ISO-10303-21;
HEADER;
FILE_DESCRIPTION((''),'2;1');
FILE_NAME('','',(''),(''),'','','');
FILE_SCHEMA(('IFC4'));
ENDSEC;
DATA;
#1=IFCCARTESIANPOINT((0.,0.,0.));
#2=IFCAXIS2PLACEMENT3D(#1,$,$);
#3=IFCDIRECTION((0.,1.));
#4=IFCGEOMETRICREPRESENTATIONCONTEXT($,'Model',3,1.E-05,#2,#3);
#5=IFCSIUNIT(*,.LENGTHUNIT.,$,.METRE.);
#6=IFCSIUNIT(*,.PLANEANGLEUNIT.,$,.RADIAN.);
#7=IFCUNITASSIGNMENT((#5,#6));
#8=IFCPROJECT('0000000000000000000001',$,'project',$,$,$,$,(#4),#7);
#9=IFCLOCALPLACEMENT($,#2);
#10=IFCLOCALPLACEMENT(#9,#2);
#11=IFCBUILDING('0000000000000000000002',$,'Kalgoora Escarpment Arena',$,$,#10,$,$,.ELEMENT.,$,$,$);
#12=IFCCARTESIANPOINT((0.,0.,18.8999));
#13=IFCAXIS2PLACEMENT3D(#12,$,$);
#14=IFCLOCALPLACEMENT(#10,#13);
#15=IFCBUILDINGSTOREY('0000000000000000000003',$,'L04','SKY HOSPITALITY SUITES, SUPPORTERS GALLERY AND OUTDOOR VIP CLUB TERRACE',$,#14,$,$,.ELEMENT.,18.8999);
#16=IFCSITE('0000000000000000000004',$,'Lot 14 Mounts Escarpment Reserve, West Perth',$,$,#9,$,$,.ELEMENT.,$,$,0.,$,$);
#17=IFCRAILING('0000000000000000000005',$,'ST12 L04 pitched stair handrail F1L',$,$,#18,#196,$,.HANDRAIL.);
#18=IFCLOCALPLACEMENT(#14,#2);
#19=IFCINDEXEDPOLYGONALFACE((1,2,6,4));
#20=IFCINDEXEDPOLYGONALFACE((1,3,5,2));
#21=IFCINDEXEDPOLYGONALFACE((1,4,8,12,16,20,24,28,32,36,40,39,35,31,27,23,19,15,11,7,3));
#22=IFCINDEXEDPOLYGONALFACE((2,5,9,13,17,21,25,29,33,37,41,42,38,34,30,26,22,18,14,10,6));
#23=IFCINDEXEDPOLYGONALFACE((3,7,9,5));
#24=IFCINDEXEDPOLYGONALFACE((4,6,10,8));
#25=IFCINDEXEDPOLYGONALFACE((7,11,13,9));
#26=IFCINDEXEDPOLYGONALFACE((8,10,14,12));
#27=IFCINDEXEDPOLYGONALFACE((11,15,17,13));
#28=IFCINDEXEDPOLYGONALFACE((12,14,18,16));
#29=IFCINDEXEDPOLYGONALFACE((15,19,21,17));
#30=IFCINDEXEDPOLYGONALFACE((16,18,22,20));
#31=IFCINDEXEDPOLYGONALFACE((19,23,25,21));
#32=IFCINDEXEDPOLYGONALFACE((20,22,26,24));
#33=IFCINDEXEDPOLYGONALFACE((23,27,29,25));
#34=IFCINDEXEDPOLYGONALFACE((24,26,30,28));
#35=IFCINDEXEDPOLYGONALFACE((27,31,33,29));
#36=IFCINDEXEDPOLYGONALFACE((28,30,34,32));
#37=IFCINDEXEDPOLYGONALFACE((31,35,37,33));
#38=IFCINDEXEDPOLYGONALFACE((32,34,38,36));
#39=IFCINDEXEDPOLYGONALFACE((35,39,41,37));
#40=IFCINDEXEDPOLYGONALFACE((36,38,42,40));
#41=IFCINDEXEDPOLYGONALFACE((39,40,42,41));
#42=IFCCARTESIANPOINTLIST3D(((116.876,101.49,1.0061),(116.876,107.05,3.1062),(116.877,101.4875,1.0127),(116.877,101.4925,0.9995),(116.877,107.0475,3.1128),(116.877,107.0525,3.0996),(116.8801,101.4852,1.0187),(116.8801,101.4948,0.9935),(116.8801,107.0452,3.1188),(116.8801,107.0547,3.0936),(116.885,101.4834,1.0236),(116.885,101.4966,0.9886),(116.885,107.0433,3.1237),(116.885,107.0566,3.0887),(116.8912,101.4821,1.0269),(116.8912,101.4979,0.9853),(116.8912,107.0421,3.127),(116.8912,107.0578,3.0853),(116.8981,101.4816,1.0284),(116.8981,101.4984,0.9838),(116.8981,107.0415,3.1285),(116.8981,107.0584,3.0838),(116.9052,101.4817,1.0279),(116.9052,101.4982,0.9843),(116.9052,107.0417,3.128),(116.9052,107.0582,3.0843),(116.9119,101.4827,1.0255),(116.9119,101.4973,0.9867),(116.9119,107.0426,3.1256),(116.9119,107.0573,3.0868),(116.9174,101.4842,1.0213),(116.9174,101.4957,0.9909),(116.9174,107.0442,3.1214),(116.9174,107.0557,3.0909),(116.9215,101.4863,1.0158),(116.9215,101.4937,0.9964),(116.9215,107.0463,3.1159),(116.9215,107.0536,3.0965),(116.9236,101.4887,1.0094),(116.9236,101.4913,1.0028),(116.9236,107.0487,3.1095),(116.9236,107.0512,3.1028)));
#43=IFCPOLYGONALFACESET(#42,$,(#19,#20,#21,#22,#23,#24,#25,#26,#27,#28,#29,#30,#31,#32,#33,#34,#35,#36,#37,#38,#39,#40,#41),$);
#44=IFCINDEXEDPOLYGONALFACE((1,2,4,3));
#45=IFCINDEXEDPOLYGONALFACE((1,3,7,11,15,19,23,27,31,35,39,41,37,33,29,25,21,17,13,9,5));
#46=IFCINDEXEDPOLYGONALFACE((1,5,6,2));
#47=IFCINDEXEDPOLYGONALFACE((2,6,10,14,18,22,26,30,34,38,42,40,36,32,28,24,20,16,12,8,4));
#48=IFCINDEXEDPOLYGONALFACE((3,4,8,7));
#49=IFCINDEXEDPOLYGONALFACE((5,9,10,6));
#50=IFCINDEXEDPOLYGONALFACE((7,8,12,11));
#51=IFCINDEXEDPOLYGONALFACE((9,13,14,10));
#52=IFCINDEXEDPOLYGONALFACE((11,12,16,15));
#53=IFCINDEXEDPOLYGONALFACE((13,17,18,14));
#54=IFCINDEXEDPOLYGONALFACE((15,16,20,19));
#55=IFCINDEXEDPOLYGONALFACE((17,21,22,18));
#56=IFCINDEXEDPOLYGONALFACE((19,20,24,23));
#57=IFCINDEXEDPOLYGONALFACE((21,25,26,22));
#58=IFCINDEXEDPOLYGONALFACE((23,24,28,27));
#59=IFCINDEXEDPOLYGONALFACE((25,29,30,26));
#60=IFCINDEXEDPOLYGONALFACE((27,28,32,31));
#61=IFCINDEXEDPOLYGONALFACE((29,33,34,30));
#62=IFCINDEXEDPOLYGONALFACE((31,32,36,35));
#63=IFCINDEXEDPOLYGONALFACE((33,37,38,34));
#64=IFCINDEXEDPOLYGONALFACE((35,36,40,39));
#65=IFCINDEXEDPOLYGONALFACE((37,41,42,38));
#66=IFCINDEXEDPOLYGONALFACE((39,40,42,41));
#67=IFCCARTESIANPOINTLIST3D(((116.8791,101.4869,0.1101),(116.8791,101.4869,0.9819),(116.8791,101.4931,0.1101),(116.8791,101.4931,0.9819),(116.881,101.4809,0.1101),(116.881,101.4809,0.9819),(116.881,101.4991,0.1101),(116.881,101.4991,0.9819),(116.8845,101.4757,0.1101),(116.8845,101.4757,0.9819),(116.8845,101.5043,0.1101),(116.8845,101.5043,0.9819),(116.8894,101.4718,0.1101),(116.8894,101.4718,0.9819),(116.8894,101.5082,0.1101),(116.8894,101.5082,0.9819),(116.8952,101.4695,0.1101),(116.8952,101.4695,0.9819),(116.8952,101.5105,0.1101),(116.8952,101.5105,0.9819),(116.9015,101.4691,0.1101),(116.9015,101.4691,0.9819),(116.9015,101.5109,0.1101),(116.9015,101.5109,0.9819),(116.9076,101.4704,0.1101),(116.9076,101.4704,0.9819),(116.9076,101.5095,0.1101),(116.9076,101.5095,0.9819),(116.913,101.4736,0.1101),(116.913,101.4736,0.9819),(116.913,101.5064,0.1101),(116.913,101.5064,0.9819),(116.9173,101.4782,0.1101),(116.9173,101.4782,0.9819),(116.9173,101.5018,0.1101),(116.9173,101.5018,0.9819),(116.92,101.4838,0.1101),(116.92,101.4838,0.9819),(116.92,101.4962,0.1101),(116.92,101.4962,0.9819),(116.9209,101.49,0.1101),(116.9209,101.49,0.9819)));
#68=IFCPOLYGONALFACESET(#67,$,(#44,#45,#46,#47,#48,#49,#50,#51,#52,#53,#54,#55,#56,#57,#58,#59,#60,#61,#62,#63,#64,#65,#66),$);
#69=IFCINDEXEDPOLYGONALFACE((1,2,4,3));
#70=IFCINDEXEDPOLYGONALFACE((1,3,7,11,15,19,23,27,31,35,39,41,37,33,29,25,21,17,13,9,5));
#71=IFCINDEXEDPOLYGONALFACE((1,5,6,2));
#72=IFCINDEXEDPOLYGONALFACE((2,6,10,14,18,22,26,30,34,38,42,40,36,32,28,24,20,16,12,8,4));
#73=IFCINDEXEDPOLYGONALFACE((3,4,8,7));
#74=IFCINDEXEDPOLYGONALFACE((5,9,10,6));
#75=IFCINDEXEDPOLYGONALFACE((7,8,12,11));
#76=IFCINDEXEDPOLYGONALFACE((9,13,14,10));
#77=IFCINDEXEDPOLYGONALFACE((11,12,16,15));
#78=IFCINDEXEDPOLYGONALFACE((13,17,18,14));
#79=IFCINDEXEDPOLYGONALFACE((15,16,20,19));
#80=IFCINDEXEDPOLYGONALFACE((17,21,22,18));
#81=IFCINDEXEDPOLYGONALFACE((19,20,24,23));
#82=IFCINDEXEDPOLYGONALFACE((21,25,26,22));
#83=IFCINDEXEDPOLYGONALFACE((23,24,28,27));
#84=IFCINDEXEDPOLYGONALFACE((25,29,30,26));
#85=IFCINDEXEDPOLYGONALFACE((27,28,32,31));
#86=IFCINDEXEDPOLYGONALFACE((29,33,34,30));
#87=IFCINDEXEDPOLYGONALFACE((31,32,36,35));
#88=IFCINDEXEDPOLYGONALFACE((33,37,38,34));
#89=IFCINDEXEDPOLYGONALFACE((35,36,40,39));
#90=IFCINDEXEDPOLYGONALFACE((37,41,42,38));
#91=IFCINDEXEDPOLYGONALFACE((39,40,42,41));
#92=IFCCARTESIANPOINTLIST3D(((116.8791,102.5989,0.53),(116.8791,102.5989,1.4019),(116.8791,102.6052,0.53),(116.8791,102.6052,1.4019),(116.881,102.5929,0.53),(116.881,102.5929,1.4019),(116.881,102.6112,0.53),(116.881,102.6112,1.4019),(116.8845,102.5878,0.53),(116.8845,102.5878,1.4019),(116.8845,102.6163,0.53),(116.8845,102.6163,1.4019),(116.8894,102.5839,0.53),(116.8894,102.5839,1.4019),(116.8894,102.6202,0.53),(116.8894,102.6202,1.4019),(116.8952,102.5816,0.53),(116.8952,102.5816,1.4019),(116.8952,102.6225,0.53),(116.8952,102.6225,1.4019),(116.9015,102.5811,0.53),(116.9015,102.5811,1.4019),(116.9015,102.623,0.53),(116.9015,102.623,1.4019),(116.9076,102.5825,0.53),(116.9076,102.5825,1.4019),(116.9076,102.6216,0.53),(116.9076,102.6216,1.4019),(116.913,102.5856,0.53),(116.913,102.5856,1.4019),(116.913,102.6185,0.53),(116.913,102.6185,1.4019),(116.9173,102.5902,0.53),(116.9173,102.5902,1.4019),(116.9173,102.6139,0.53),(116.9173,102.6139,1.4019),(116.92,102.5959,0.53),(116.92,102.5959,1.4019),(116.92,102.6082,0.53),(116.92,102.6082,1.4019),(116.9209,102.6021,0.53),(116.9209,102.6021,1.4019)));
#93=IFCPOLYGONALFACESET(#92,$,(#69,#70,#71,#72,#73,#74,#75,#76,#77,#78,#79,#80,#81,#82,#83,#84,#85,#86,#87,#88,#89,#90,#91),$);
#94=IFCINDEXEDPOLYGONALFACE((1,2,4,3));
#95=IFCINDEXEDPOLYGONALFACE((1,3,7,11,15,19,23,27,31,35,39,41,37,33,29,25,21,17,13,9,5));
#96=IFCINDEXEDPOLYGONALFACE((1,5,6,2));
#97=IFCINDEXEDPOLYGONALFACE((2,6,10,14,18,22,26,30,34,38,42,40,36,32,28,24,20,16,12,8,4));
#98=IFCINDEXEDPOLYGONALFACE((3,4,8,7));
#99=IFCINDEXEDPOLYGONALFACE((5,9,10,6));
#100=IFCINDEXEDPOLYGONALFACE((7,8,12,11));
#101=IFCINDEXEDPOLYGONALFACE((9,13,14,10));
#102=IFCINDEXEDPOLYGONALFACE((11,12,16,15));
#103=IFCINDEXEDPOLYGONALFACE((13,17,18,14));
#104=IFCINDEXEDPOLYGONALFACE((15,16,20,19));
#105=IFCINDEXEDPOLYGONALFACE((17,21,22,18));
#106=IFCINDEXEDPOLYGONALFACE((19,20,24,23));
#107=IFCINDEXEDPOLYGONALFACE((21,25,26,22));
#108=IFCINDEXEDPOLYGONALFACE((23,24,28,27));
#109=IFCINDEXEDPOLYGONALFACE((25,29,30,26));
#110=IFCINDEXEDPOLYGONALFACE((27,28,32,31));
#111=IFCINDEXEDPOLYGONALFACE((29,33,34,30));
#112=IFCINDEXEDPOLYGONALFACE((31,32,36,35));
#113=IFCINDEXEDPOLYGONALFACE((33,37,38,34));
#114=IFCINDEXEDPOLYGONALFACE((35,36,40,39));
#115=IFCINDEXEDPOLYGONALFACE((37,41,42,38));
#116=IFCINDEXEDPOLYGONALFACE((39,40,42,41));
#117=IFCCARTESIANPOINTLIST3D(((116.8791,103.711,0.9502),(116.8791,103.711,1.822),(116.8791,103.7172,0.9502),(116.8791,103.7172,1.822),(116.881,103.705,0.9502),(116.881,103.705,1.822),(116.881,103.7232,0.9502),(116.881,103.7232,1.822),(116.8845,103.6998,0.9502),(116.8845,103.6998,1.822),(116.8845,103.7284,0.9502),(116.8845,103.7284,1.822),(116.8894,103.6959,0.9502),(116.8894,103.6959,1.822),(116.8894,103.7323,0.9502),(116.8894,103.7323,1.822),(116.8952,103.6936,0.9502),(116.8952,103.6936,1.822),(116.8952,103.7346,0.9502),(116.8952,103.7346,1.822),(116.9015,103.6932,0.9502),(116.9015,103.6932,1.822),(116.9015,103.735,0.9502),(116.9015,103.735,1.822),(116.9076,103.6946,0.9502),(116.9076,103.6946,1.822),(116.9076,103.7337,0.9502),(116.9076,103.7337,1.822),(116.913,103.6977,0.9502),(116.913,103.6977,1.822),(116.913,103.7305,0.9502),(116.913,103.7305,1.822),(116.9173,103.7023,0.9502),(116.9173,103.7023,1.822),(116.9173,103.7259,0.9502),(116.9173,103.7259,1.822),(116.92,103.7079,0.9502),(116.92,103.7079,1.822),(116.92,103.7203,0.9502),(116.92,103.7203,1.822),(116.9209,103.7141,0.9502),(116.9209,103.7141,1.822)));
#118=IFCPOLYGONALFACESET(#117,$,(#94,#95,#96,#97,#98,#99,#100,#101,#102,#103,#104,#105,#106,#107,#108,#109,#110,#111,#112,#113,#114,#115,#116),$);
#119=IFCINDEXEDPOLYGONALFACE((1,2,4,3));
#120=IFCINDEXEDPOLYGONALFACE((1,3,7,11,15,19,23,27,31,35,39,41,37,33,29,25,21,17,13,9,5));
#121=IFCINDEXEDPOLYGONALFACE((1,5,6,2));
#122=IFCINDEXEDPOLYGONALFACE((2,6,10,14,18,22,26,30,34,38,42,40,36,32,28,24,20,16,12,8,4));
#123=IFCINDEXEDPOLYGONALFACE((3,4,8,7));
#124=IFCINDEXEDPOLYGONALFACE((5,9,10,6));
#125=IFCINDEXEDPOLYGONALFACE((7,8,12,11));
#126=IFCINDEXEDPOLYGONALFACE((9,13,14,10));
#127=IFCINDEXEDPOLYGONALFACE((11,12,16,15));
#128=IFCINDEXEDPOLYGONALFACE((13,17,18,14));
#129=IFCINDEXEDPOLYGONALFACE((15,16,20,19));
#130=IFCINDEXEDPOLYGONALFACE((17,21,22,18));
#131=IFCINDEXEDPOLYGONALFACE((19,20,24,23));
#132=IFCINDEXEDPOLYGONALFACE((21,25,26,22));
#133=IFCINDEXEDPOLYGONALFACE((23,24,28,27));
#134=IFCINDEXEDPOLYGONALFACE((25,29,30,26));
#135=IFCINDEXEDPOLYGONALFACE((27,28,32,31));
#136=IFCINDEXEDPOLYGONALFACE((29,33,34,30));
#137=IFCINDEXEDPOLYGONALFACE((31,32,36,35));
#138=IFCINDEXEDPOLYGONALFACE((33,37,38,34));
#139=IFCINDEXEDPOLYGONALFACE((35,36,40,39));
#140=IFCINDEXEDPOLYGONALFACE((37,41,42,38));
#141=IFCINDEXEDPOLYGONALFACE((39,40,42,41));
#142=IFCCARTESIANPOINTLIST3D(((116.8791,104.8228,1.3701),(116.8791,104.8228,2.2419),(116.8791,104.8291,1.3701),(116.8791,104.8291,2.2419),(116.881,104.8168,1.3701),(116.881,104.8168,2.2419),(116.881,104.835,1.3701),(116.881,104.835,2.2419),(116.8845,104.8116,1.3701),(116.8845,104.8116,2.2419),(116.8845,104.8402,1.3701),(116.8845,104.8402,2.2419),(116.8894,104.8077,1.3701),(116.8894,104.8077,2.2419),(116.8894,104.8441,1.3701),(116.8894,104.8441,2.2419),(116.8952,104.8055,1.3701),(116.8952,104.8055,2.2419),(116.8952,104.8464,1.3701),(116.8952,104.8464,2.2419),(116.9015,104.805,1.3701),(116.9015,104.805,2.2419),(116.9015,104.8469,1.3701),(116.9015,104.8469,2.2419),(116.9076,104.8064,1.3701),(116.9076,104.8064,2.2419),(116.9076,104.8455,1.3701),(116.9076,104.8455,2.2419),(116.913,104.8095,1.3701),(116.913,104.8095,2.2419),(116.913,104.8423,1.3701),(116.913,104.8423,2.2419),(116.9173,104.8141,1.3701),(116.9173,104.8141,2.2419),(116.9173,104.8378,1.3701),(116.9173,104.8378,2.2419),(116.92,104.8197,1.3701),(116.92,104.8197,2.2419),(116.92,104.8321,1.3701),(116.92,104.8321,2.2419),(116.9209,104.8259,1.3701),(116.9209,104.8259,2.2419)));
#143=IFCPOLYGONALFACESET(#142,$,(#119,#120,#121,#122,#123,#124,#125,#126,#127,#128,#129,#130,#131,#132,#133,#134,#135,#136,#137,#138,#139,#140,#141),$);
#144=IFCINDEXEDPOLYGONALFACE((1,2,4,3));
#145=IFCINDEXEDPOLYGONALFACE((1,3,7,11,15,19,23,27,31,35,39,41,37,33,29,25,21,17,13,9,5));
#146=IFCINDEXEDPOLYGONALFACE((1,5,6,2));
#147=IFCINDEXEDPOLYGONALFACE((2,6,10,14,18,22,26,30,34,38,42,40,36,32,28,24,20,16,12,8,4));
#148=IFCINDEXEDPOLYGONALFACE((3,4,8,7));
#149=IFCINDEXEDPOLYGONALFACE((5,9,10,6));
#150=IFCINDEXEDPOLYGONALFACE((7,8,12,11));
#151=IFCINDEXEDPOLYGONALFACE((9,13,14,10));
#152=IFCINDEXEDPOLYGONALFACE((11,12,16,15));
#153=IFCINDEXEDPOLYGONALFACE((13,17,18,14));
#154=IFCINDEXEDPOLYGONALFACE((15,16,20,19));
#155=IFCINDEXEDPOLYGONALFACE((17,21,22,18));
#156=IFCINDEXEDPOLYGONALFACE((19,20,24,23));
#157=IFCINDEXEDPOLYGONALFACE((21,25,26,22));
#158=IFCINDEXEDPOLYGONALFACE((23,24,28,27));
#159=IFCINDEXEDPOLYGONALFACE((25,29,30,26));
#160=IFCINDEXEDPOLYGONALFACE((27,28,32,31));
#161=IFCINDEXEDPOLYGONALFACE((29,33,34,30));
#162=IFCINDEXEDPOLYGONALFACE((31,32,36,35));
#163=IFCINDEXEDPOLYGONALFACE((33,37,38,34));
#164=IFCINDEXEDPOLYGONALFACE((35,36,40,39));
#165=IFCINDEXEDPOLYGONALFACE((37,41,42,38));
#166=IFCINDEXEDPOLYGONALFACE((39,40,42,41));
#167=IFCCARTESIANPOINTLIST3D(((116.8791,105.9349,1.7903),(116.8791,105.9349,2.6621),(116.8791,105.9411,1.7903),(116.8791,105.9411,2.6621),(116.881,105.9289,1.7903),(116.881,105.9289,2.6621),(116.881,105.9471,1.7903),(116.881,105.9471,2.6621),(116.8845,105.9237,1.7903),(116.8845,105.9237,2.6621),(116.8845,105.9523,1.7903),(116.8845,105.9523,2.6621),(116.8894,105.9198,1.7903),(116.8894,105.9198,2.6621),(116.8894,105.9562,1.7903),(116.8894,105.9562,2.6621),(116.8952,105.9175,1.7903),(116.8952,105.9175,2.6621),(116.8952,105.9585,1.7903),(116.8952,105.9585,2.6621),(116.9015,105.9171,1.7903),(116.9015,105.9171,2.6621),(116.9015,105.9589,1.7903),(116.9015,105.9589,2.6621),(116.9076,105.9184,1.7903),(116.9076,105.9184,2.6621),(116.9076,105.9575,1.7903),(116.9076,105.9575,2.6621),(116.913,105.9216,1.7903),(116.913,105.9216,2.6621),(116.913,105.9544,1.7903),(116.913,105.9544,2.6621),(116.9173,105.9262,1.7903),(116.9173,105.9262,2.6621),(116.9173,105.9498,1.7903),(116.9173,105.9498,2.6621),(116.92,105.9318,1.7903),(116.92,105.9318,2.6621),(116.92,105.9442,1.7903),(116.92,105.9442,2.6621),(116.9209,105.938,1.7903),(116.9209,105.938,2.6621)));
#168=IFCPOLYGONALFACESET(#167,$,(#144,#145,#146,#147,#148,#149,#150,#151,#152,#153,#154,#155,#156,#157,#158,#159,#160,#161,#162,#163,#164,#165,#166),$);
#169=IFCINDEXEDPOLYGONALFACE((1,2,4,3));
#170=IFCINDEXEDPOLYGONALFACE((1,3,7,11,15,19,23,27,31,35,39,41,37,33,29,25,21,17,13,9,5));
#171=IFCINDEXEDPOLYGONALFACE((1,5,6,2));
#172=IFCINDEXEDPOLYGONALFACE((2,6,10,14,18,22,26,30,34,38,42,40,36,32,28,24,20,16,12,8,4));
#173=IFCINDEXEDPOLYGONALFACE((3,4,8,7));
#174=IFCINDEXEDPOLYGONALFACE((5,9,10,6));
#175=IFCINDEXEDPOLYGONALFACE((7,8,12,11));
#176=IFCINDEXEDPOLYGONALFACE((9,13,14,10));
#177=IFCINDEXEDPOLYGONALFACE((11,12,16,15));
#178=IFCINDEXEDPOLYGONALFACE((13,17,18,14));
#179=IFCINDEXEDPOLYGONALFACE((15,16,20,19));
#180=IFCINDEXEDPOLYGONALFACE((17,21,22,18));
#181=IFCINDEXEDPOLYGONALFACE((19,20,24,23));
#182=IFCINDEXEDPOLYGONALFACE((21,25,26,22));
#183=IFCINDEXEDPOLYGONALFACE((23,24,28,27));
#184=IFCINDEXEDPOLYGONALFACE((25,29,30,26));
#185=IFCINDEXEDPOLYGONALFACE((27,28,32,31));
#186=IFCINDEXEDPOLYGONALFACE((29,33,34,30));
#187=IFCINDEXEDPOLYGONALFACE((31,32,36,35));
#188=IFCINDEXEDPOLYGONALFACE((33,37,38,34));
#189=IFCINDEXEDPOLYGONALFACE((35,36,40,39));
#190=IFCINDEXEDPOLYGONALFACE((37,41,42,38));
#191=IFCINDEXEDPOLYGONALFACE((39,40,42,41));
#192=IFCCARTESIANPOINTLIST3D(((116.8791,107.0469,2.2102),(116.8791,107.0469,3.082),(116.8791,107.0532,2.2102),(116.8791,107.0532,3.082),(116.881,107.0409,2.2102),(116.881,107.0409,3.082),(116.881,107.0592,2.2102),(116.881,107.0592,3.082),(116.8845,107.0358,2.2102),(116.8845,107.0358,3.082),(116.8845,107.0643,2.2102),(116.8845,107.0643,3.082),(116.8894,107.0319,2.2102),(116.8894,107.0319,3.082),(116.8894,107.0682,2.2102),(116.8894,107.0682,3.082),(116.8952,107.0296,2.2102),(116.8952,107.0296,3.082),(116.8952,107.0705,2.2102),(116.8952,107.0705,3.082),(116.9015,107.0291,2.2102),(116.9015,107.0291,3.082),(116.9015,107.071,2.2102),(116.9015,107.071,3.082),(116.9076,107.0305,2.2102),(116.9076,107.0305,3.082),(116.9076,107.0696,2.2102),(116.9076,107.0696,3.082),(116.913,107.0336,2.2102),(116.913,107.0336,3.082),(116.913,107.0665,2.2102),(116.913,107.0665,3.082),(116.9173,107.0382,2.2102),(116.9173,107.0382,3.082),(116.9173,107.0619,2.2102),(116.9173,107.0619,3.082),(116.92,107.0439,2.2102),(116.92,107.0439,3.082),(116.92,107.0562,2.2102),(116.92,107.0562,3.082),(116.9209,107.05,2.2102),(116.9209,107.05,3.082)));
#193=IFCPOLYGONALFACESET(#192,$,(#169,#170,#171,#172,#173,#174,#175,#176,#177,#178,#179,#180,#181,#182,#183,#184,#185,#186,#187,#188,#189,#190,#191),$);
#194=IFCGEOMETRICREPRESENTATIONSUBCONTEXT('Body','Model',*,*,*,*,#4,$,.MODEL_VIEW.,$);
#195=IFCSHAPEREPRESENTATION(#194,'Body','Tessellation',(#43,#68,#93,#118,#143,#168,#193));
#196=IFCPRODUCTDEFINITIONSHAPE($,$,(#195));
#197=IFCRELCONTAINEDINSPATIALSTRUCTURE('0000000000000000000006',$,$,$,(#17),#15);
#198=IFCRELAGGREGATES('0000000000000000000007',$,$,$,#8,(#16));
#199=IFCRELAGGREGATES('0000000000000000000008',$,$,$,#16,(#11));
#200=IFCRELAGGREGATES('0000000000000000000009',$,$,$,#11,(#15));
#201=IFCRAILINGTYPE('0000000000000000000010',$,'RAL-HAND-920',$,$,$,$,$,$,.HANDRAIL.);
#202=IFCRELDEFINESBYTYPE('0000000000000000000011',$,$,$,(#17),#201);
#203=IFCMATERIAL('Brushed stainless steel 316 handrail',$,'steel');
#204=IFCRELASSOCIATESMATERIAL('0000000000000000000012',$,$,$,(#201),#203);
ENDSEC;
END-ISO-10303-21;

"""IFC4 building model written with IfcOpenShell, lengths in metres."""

from ifc_helpers import new_model, si_unit, direction, frame, origin, origin_2d, place, context, subcontext, project, spatial, circle, extrude, material, type_object, element, save


model = new_model("IFC4")

# Units and contexts
model_context = context("Model", 3, precision=1e-05, world=origin(), true_north=direction((0.0, 1.0)))
body_context = subcontext(model_context, "Body", "Model", "MODEL_VIEW")
ifc_project = project(units=[si_unit("LENGTHUNIT", "METRE"), si_unit("PLANEANGLEUNIT", "RADIAN")], contexts=[model_context])

# Site, building, storey
site_placement = place(None, origin())
site = spatial("IfcSite", under=ifc_project, at=site_placement, Name="Lot 14 Mounts Escarpment Reserve, West Perth", CompositionType="ELEMENT", RefElevation=0.0)
building_placement = place(site_placement, origin())
building = spatial("IfcBuilding", under=site, at=building_placement, Name="Kalgoora Escarpment Arena", CompositionType="ELEMENT")
storey_placement = place(building_placement, frame((0.0, 0.0, 18.8999)))
storey = spatial("IfcBuildingStorey", under=building, at=storey_placement, Name="L04", Description="SKY HOSPITALITY SUITES, SUPPORTERS GALLERY AND OUTDOOR VIP CLUB TERRACE", CompositionType="ELEMENT", Elevation=18.8999)

# Railing
ifc_material_1 = material(Name="Brushed stainless steel 316 handrail", Category="steel")
railing_type_1 = type_object("IfcRailingType", Name="RAL-HAND-920", PredefinedType="HANDRAIL", material=ifc_material_1)
railing_1_placement = place(storey_placement, frame((116.8999, 101.49, 0.1101)))
element("IfcRailing", 1, at=railing_1_placement, inside=storey, type_object=railing_type_1, Name="ST12 L04 pitched stair handrail F1L", PredefinedType="HANDRAIL", context=body_context, shape_type="SweptSolid", body=[
    extrude(circle(Radius=0.0239, at=origin_2d()), frame((0.0, 0.0, 0.896), z_axis=(0.0, 0.935493, 0.353346), x_axis=(-1.0, 0.0, 0.0)), (0.0, 0.0, 1.0), 5.9434),
    extrude(circle(Radius=0.021, at=origin_2d()), origin(), (0.0, 0.0, 1.0), 0.8718),
    extrude(circle(Radius=0.021, at=origin_2d()), frame((0.0, 1.1121, 0.4199)), (0.0, 0.0, 1.0), 0.8718),
    extrude(circle(Radius=0.021, at=origin_2d()), frame((0.0, 2.2241, 0.8401)), (0.0, 0.0, 1.0), 0.8718),
    extrude(circle(Radius=0.021, at=origin_2d()), frame((0.0, 3.3359, 1.26)), (0.0, 0.0, 1.0), 0.8718),
    extrude(circle(Radius=0.021, at=origin_2d()), frame((0.0, 4.448, 1.6802)), (0.0, 0.0, 1.0), 0.8718),
    extrude(circle(Radius=0.021, at=origin_2d()), frame((0.0, 5.5601, 2.1001)), (0.0, 0.0, 1.0), 0.8718),
])

save(model, "model.ifc")
